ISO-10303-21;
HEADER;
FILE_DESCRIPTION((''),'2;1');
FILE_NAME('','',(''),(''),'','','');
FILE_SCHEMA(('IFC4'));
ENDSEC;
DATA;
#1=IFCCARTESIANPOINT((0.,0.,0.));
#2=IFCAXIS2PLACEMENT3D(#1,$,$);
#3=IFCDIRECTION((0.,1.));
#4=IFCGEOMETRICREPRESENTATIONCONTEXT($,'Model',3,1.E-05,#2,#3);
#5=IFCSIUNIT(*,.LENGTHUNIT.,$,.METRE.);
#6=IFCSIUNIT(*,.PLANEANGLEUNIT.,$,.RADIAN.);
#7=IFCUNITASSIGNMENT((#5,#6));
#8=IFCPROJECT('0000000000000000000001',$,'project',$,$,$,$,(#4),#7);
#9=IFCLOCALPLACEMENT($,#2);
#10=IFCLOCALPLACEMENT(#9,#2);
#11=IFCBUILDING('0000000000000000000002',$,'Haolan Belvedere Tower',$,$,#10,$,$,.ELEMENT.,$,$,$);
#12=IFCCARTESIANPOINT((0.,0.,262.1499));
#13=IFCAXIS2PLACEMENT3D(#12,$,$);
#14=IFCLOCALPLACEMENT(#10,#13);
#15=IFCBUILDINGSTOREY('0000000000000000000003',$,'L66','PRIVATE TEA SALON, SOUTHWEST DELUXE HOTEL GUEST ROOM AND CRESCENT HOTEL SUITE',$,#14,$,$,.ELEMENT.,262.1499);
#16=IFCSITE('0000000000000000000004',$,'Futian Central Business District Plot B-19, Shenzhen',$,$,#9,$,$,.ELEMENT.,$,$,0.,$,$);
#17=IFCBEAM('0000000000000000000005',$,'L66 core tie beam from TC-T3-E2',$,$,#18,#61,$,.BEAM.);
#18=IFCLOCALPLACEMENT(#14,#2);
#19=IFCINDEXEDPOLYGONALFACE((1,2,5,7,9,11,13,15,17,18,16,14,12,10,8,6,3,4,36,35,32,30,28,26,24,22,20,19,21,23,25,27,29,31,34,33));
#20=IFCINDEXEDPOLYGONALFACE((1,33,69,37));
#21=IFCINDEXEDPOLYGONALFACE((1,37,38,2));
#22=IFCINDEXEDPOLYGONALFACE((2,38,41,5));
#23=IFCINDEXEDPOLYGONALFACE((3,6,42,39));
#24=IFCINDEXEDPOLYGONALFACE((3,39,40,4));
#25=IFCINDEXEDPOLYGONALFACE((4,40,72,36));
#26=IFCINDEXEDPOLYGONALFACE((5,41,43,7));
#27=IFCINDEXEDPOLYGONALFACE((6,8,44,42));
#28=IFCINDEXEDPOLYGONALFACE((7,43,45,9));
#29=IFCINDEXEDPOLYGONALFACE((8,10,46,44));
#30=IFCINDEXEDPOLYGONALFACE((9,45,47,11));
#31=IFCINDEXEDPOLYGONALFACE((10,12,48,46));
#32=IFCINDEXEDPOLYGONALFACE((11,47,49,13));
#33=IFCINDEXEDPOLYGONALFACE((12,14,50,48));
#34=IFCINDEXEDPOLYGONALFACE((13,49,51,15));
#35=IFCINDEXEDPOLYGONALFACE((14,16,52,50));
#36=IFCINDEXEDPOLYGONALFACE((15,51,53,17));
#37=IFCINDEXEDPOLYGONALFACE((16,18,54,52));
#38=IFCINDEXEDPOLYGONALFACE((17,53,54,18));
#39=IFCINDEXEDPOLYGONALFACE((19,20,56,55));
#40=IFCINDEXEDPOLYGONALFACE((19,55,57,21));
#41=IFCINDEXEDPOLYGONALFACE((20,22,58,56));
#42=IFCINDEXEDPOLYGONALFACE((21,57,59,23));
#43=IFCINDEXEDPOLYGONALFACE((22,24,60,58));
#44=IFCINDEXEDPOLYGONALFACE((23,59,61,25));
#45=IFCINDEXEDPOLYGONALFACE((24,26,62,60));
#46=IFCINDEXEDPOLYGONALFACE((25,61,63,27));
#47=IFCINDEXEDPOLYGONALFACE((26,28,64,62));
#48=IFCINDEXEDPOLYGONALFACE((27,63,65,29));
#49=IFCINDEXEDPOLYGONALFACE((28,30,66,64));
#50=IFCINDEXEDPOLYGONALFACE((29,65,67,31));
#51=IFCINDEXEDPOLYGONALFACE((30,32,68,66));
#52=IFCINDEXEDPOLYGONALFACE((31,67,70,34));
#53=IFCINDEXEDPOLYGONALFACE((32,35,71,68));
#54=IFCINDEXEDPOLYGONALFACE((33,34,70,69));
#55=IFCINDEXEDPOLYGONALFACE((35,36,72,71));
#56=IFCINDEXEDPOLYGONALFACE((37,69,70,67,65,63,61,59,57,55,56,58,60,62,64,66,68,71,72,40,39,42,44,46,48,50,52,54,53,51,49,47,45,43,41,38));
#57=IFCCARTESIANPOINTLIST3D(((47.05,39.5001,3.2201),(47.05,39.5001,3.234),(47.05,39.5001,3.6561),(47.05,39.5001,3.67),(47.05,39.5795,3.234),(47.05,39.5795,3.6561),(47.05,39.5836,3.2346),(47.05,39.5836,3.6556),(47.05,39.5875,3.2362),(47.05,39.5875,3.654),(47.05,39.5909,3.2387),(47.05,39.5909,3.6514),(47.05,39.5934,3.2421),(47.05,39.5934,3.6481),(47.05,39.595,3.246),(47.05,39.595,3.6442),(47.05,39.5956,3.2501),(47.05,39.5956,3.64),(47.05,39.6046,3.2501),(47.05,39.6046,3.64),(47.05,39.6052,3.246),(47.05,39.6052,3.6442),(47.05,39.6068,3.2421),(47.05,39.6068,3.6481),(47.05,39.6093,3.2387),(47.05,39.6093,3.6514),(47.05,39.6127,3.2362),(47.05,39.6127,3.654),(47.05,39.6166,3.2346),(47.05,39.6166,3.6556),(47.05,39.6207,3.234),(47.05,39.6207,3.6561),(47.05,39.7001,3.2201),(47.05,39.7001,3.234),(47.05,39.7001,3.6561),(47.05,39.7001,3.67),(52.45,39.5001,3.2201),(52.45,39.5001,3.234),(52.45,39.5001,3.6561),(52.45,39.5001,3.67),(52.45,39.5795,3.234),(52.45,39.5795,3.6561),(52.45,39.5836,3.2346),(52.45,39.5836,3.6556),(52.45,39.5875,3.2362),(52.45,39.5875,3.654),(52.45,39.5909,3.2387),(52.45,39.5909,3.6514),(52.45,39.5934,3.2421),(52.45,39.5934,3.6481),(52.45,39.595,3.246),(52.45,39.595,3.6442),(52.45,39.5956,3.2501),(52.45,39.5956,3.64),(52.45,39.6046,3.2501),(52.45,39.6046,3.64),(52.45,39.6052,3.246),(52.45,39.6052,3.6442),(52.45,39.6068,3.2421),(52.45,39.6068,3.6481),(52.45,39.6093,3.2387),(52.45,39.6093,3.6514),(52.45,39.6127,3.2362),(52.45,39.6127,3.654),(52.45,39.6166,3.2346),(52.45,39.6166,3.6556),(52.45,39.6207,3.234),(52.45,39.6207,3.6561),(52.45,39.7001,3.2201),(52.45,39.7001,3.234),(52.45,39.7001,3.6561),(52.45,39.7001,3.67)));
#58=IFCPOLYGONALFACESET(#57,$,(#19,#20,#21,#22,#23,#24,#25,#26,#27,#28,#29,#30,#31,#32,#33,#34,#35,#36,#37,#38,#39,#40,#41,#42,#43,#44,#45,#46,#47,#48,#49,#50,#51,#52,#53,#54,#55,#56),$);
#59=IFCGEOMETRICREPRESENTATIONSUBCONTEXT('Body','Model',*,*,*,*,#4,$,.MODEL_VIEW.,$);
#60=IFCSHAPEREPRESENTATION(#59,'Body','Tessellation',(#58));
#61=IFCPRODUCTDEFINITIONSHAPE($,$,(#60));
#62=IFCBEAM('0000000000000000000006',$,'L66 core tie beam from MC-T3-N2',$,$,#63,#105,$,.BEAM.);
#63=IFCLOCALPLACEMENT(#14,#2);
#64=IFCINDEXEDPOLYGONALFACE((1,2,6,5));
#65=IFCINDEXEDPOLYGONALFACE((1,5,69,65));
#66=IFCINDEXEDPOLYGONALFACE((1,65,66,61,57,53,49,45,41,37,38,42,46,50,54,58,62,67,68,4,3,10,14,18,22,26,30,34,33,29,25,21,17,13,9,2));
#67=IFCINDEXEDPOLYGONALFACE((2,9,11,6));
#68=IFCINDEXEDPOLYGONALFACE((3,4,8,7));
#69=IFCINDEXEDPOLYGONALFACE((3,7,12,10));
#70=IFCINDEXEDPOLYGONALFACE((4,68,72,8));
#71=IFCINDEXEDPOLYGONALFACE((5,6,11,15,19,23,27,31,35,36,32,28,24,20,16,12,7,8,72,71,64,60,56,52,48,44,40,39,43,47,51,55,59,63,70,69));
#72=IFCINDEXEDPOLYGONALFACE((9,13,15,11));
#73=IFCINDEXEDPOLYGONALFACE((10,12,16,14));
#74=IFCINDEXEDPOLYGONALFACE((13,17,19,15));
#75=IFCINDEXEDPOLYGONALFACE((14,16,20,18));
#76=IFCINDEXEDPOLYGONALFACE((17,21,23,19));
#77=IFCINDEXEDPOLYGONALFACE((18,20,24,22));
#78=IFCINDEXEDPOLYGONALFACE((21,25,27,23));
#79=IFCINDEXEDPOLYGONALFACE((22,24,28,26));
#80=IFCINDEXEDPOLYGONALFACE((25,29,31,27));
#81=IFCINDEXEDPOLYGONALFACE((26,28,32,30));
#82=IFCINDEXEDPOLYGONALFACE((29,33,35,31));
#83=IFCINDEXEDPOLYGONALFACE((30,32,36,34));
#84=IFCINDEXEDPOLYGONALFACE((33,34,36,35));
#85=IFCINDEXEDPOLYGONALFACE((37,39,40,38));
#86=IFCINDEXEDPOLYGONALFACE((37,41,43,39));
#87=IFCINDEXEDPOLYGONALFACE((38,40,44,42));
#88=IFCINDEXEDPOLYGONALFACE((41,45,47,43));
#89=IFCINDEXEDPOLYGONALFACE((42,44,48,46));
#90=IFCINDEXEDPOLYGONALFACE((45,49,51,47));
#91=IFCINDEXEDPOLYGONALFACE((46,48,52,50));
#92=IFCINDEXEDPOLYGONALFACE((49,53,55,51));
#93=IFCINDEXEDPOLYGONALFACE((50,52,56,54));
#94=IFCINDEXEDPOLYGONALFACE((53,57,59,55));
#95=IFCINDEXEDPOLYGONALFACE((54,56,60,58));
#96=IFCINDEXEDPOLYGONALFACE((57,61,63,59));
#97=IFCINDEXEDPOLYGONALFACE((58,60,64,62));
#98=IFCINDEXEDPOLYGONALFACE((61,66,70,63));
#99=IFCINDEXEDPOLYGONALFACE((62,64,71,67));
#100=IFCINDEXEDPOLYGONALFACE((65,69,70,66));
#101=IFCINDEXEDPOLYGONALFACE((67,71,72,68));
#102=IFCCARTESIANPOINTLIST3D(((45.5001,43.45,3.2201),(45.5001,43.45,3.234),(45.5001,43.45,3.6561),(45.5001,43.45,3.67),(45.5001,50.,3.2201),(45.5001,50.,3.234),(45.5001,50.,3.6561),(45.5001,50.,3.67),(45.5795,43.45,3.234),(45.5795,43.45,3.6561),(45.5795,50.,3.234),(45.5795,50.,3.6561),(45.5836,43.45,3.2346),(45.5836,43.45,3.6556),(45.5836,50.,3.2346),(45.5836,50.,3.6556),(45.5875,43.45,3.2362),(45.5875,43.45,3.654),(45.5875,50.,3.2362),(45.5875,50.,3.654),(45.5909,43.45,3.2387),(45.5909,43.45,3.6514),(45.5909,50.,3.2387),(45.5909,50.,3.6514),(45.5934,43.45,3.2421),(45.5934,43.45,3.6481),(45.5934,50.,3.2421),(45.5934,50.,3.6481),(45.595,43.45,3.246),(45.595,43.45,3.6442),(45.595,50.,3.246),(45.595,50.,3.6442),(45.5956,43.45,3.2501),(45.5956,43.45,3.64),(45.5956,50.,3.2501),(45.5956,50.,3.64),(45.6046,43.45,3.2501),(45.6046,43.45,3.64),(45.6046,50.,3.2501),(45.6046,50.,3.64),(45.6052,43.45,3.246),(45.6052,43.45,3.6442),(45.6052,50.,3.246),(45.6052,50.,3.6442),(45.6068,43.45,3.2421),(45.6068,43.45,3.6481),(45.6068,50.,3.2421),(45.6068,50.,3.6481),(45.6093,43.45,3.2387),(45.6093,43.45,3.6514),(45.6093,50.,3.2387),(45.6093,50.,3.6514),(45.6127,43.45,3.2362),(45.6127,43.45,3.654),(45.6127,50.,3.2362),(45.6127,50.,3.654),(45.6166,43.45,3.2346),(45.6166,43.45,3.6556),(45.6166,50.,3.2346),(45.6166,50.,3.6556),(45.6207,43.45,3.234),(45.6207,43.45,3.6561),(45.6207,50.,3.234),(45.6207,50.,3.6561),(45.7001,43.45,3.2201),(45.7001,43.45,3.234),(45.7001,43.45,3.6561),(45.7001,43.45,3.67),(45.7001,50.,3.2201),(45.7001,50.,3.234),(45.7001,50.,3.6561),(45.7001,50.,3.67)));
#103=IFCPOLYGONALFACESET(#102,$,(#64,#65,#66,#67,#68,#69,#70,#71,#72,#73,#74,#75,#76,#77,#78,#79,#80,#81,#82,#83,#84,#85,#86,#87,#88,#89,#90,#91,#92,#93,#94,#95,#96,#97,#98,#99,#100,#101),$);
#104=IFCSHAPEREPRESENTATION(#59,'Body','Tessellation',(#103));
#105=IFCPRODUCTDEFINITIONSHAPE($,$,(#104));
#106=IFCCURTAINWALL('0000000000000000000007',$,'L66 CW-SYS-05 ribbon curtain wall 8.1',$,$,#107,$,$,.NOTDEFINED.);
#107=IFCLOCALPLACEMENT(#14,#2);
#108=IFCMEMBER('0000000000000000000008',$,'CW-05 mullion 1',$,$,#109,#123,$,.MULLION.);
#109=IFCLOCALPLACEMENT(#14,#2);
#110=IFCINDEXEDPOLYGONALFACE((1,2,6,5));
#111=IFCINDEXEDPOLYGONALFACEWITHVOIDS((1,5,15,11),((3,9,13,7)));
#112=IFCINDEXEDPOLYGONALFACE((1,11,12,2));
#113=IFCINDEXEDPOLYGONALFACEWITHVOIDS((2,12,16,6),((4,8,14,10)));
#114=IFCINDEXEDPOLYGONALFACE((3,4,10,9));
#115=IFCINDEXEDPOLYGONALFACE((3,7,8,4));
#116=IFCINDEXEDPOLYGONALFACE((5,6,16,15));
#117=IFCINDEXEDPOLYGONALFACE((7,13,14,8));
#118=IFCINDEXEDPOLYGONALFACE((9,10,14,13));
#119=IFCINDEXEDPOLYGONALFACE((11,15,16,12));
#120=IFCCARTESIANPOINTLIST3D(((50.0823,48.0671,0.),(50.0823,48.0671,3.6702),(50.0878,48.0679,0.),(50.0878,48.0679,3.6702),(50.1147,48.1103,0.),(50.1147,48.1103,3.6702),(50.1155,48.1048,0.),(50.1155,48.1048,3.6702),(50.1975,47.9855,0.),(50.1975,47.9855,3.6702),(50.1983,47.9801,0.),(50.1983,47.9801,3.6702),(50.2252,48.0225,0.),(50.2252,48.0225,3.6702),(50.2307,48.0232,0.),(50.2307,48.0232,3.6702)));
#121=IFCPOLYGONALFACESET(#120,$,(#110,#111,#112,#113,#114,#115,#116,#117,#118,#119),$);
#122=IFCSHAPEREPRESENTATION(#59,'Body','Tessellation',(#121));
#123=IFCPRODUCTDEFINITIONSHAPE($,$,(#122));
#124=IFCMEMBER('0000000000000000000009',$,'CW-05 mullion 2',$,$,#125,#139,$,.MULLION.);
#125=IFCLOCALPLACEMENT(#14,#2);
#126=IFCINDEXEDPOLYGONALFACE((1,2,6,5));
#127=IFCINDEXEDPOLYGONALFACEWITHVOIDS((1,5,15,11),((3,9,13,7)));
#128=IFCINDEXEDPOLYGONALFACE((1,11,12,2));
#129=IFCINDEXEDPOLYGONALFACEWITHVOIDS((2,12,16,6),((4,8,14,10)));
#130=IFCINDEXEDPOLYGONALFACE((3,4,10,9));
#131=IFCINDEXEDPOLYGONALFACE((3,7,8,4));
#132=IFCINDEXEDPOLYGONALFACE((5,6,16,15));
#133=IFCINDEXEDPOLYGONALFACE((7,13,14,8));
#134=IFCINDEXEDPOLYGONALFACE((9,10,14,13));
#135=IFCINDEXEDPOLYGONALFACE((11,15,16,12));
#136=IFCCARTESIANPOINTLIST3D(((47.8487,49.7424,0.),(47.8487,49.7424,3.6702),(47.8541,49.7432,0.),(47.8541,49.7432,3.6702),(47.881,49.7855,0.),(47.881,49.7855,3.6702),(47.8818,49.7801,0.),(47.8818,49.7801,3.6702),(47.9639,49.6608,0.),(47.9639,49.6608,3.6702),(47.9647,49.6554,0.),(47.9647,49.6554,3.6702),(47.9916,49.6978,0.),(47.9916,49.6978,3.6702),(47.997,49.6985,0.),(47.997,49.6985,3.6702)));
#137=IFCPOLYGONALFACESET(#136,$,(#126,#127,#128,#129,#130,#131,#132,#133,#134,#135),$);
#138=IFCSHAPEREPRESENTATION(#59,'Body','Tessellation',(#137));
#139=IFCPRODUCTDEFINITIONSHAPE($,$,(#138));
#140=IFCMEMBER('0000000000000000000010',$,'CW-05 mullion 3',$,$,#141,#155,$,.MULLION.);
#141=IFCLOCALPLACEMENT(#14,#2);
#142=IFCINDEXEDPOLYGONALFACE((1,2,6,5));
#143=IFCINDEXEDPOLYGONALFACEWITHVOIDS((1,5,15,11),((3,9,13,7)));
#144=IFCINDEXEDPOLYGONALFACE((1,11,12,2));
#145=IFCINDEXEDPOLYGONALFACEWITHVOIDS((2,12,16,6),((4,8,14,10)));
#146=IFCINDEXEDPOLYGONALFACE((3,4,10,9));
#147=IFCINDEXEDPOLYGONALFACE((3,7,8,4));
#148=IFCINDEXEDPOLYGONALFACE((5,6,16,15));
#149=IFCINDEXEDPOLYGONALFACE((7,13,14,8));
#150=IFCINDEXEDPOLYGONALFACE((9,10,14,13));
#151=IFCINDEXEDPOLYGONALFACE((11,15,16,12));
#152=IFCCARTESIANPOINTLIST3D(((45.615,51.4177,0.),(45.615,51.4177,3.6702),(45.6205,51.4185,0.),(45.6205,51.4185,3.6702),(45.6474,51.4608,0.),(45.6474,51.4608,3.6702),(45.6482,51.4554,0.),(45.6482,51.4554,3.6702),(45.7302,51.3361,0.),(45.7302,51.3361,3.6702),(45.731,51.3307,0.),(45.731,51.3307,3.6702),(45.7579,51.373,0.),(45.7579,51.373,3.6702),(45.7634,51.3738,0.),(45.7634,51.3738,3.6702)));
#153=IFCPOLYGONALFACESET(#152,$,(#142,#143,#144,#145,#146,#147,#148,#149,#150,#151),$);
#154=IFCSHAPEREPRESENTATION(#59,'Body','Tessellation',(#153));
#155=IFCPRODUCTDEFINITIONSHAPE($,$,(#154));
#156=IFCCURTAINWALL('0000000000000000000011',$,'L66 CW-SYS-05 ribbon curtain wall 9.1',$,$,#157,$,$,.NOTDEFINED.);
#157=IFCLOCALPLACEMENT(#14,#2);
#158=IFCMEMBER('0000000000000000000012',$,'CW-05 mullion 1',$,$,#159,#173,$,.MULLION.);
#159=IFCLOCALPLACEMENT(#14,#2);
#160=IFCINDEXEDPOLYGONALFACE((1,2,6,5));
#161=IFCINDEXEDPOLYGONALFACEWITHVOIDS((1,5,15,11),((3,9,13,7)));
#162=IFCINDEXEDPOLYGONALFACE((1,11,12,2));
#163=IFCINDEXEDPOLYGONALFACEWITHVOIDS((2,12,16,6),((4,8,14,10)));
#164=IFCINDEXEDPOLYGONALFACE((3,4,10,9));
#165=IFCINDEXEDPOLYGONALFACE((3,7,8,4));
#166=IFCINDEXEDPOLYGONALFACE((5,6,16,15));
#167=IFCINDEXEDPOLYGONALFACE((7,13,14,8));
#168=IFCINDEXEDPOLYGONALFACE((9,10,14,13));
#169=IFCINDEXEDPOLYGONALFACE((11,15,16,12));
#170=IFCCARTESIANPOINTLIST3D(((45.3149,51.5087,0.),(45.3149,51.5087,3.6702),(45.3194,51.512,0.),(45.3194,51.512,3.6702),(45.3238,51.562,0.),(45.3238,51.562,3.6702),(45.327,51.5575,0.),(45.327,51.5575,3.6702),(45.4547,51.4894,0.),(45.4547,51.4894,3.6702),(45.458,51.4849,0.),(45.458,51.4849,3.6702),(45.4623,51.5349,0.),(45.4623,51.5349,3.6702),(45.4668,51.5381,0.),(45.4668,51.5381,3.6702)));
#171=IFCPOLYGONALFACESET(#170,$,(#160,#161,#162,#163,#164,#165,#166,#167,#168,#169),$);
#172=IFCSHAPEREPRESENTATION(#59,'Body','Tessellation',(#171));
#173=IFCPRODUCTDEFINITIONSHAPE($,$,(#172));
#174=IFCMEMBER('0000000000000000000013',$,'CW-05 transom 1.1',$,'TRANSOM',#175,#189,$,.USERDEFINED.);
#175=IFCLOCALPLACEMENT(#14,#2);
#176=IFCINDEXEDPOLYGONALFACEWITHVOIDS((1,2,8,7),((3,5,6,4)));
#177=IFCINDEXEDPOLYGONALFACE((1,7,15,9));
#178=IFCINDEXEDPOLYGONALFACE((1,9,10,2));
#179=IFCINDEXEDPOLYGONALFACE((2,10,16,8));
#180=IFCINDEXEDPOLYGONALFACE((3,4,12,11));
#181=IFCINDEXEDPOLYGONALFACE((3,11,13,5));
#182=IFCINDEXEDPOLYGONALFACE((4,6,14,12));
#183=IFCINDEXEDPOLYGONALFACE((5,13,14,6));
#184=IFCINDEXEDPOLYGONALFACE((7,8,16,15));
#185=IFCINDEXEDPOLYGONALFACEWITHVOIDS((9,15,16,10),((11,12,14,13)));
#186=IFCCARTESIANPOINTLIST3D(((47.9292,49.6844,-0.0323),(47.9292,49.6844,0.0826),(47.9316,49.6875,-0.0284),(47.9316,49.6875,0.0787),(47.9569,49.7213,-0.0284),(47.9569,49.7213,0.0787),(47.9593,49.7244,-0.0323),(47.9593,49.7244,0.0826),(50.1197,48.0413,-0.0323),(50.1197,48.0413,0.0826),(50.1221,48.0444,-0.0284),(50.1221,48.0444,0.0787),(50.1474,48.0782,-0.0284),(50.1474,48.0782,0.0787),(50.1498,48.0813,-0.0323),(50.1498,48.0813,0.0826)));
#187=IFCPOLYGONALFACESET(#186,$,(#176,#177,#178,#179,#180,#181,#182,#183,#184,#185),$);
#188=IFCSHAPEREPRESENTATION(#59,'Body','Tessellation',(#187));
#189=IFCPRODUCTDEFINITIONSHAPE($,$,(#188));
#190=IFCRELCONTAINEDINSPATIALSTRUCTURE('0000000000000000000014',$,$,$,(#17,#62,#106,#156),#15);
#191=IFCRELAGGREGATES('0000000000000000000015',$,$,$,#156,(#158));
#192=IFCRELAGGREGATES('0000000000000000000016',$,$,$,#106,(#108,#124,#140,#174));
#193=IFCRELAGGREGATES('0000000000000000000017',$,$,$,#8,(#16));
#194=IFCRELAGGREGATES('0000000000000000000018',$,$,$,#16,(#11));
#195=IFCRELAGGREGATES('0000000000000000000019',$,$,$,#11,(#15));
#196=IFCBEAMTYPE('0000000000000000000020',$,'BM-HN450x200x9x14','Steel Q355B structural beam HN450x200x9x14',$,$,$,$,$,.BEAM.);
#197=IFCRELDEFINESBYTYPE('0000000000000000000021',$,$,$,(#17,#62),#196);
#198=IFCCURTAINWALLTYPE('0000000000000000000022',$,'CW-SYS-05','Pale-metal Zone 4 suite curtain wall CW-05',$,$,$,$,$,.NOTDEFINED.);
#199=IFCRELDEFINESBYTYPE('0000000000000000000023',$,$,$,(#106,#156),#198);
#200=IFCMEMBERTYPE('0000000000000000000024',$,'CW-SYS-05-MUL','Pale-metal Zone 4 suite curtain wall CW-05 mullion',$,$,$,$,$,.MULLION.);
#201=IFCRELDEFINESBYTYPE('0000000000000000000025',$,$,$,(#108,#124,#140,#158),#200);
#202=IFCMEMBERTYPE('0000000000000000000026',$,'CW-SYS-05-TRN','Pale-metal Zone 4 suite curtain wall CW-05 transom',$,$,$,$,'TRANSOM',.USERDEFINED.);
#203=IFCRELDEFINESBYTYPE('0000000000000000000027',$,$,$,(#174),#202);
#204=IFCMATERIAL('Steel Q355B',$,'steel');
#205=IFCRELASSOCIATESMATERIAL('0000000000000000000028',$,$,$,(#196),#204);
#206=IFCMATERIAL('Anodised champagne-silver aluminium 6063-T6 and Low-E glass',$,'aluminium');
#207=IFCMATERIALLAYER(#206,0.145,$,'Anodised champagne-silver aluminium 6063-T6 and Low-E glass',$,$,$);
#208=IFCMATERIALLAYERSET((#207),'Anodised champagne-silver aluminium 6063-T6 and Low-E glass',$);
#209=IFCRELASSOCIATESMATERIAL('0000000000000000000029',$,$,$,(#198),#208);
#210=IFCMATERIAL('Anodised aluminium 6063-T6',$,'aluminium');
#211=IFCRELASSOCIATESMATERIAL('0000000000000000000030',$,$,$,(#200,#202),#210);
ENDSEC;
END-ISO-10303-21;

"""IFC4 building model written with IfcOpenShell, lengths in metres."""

from ifc_helpers import new_model, si_unit, direction, frame, origin, origin_2d, place, context, subcontext, project, spatial, hollow_rectangle, i_section, extrude, material, layer, layer_set, material_profile, profile_set, type_object, element, aggregate, save


model = new_model("IFC4")

# Units and contexts
model_context = context("Model", 3, precision=1e-05, world=origin(), true_north=direction((0.0, 1.0)))
body_context = subcontext(model_context, "Body", "Model", "MODEL_VIEW")
ifc_project = project(units=[si_unit("LENGTHUNIT", "METRE"), si_unit("PLANEANGLEUNIT", "RADIAN")], contexts=[model_context])

# Site, building, storey
site_placement = place(None, origin())
site = spatial("IfcSite", under=ifc_project, at=site_placement, Name="Futian Central Business District Plot B-19, Shenzhen", CompositionType="ELEMENT", RefElevation=0.0)
building_placement = place(site_placement, origin())
building = spatial("IfcBuilding", under=site, at=building_placement, Name="Haolan Belvedere Tower", CompositionType="ELEMENT")
storey_placement = place(building_placement, frame((0.0, 0.0, 262.1499)))
storey = spatial("IfcBuildingStorey", under=building, at=storey_placement, Name="L66", Description="PRIVATE TEA SALON, SOUTHWEST DELUXE HOTEL GUEST ROOM AND CRESCENT HOTEL SUITE", CompositionType="ELEMENT", Elevation=262.1499)

# Beams
ifc_material_1 = material(Name="Steel Q355B", Category="steel")
ifc_material_profile_1 = material_profile(ifc_material_1, i_section(OverallWidth=0.2, OverallDepth=0.45, WebThickness=0.009, FlangeThickness=0.0139, FilletRadius=0.0161, at=origin_2d()), Name="Steel Q355B")
ifc_profile_set_1 = profile_set([ifc_material_profile_1], Name="Steel Q355B")
beam_type_1 = type_object("IfcBeamType", Name="BM-HN450x200x9x14", Description="Steel Q355B structural beam HN450x200x9x14", PredefinedType="BEAM", material=ifc_profile_set_1)
beam_1_placement = place(storey_placement, frame((52.45, 39.6001, 3.4451), z_axis=(-1.0, 0.0, 0.0), x_axis=(0.0, -1.0, 0.0)))
element("IfcBeam", 1, at=beam_1_placement, inside=storey, type_object=beam_type_1, Name="L66 core tie beam from TC-T3-E2", PredefinedType="BEAM", context=body_context, shape_type="SweptSolid", body=[
    extrude(i_section(OverallWidth=0.2, OverallDepth=0.45, WebThickness=0.009, FlangeThickness=0.0139, FilletRadius=0.0161, at=origin_2d()), origin(), (0.0, 0.0, 1.0), 5.3999),
])
beam_2_placement = place(storey_placement, frame((45.6001, 50.0, 3.4451), z_axis=(0.0, -1.0, 0.0), x_axis=(1.0, 0.0, 0.0)))
element("IfcBeam", 2, at=beam_2_placement, inside=storey, type_object=beam_type_1, Name="L66 core tie beam from MC-T3-N2", PredefinedType="BEAM", context=body_context, shape_type="SweptSolid", body=[
    extrude(i_section(OverallWidth=0.2, OverallDepth=0.45, WebThickness=0.009, FlangeThickness=0.0139, FilletRadius=0.0161, at=origin_2d()), origin(), (0.0, 0.0, 1.0), 6.55),
])

# Curtain wall, members
ifc_material_2 = material(Name="Anodised champagne-silver aluminium 6063-T6 and Low-E glass", Category="aluminium")
ifc_layer_1 = layer(ifc_material_2, 0.145, Name="Anodised champagne-silver aluminium 6063-T6 and Low-E glass")
ifc_layer_set_1 = layer_set([ifc_layer_1], Name="Anodised champagne-silver aluminium 6063-T6 and Low-E glass")
curtain_wall_type = type_object("IfcCurtainWallType", Name="CW-SYS-05", Description="Pale-metal Zone 4 suite curtain wall CW-05", PredefinedType="NOTDEFINED", material=ifc_layer_set_1)
curtain_wall_1_placement = place(storey_placement, origin())
curtain_wall_1 = element("IfcCurtainWall", 3, at=curtain_wall_1_placement, inside=storey, type_object=curtain_wall_type, Name="L66 CW-SYS-05 ribbon curtain wall 8.1", PredefinedType="NOTDEFINED")
ifc_material_3 = material(Name="Anodised aluminium 6063-T6", Category="aluminium")
ifc_material_profile_2 = material_profile(ifc_material_3, hollow_rectangle(XDim=0.054, YDim=0.145, WallThickness=0.0039, at=origin_2d()), Name="Anodised aluminium 6063-T6")
ifc_profile_set_2 = profile_set([ifc_material_profile_2], Name="Anodised aluminium 6063-T6")
member_type_1 = type_object("IfcMemberType", Name="CW-SYS-05-MUL", Description="Pale-metal Zone 4 suite curtain wall CW-05 mullion", PredefinedType="MULLION", material=ifc_profile_set_2)
member_1_placement = place(storey_placement, frame((50.1565, 48.0452, 0.0), z_axis=(0.0, 0.0, 1.0), x_axis=(-0.600003, -0.799998, 0.0)))
member_1 = element("IfcMember", 4, at=member_1_placement, type_object=member_type_1, Name="CW-05 mullion 1", PredefinedType="MULLION", context=body_context, shape_type="SweptSolid", body=[
    extrude(hollow_rectangle(XDim=0.054, YDim=0.145, WallThickness=0.0039, at=origin_2d()), origin(), (0.0, 0.0, 1.0), 3.6702),
])
member_2_placement = place(storey_placement, frame((47.9229, 49.7205, 0.0), z_axis=(0.0, 0.0, 1.0), x_axis=(-0.600003, -0.799998, 0.0)))
member_2 = element("IfcMember", 5, at=member_2_placement, type_object=member_type_1, Name="CW-05 mullion 2", PredefinedType="MULLION", context=body_context, shape_type="SweptSolid", body=[
    extrude(hollow_rectangle(XDim=0.054, YDim=0.145, WallThickness=0.0039, at=origin_2d()), origin(), (0.0, 0.0, 1.0), 3.6702),
])
member_3_placement = place(storey_placement, frame((45.6892, 51.3958, 0.0), z_axis=(0.0, 0.0, 1.0), x_axis=(-0.600003, -0.799998, 0.0)))
member_3 = element("IfcMember", 6, at=member_3_placement, type_object=member_type_1, Name="CW-05 mullion 3", PredefinedType="MULLION", context=body_context, shape_type="SweptSolid", body=[
    extrude(hollow_rectangle(XDim=0.054, YDim=0.145, WallThickness=0.0039, at=origin_2d()), origin(), (0.0, 0.0, 1.0), 3.6702),
])

# Curtain wall, member
curtain_wall_2_placement = place(storey_placement, origin())
curtain_wall_2 = element("IfcCurtainWall", 7, at=curtain_wall_2_placement, inside=storey, type_object=curtain_wall_type, Name="L66 CW-SYS-05 ribbon curtain wall 9.1", PredefinedType="NOTDEFINED")
member_4_placement = place(storey_placement, frame((45.3909, 51.5234, 0.0), z_axis=(0.0, 0.0, 1.0), x_axis=(-0.164406, -0.986393, 0.0)))
member_4 = element("IfcMember", 8, at=member_4_placement, type_object=member_type_1, Name="CW-05 mullion 1", PredefinedType="MULLION", context=body_context, shape_type="SweptSolid", body=[
    extrude(hollow_rectangle(XDim=0.054, YDim=0.145, WallThickness=0.0039, at=origin_2d()), origin(), (0.0, 0.0, 1.0), 3.6702),
])

# Member
ifc_material_profile_3 = material_profile(ifc_material_3, hollow_rectangle(XDim=0.05, YDim=0.115, WallThickness=0.0039, at=origin_2d()), Name="Anodised aluminium 6063-T6")
ifc_profile_set_3 = profile_set([ifc_material_profile_3], Name="Anodised aluminium 6063-T6")
member_type_2 = type_object("IfcMemberType", Name="CW-SYS-05-TRN", Description="Pale-metal Zone 4 suite curtain wall CW-05 transom", ElementType="TRANSOM", PredefinedType="USERDEFINED", material=ifc_profile_set_3)
member_5_placement = place(storey_placement, frame((50.1348, 48.0613, 0.0251), z_axis=(-0.799957, 0.600057, 0.0), x_axis=(-0.600057, -0.799957, 0.0)))
member_5 = element("IfcMember", 9, at=member_5_placement, type_object=member_type_2, Name="CW-05 transom 1.1", ObjectType="TRANSOM", PredefinedType="USERDEFINED", context=body_context, shape_type="SweptSolid", body=[
    extrude(hollow_rectangle(XDim=0.05, YDim=0.115, WallThickness=0.0039, at=origin_2d()), origin(), (0.0, 0.0, 1.0), 2.7383),
])
aggregate(curtain_wall_2, [member_4])

aggregate(curtain_wall_1, [member_1, member_2, member_3, member_5])

save(model, "model.ifc")
